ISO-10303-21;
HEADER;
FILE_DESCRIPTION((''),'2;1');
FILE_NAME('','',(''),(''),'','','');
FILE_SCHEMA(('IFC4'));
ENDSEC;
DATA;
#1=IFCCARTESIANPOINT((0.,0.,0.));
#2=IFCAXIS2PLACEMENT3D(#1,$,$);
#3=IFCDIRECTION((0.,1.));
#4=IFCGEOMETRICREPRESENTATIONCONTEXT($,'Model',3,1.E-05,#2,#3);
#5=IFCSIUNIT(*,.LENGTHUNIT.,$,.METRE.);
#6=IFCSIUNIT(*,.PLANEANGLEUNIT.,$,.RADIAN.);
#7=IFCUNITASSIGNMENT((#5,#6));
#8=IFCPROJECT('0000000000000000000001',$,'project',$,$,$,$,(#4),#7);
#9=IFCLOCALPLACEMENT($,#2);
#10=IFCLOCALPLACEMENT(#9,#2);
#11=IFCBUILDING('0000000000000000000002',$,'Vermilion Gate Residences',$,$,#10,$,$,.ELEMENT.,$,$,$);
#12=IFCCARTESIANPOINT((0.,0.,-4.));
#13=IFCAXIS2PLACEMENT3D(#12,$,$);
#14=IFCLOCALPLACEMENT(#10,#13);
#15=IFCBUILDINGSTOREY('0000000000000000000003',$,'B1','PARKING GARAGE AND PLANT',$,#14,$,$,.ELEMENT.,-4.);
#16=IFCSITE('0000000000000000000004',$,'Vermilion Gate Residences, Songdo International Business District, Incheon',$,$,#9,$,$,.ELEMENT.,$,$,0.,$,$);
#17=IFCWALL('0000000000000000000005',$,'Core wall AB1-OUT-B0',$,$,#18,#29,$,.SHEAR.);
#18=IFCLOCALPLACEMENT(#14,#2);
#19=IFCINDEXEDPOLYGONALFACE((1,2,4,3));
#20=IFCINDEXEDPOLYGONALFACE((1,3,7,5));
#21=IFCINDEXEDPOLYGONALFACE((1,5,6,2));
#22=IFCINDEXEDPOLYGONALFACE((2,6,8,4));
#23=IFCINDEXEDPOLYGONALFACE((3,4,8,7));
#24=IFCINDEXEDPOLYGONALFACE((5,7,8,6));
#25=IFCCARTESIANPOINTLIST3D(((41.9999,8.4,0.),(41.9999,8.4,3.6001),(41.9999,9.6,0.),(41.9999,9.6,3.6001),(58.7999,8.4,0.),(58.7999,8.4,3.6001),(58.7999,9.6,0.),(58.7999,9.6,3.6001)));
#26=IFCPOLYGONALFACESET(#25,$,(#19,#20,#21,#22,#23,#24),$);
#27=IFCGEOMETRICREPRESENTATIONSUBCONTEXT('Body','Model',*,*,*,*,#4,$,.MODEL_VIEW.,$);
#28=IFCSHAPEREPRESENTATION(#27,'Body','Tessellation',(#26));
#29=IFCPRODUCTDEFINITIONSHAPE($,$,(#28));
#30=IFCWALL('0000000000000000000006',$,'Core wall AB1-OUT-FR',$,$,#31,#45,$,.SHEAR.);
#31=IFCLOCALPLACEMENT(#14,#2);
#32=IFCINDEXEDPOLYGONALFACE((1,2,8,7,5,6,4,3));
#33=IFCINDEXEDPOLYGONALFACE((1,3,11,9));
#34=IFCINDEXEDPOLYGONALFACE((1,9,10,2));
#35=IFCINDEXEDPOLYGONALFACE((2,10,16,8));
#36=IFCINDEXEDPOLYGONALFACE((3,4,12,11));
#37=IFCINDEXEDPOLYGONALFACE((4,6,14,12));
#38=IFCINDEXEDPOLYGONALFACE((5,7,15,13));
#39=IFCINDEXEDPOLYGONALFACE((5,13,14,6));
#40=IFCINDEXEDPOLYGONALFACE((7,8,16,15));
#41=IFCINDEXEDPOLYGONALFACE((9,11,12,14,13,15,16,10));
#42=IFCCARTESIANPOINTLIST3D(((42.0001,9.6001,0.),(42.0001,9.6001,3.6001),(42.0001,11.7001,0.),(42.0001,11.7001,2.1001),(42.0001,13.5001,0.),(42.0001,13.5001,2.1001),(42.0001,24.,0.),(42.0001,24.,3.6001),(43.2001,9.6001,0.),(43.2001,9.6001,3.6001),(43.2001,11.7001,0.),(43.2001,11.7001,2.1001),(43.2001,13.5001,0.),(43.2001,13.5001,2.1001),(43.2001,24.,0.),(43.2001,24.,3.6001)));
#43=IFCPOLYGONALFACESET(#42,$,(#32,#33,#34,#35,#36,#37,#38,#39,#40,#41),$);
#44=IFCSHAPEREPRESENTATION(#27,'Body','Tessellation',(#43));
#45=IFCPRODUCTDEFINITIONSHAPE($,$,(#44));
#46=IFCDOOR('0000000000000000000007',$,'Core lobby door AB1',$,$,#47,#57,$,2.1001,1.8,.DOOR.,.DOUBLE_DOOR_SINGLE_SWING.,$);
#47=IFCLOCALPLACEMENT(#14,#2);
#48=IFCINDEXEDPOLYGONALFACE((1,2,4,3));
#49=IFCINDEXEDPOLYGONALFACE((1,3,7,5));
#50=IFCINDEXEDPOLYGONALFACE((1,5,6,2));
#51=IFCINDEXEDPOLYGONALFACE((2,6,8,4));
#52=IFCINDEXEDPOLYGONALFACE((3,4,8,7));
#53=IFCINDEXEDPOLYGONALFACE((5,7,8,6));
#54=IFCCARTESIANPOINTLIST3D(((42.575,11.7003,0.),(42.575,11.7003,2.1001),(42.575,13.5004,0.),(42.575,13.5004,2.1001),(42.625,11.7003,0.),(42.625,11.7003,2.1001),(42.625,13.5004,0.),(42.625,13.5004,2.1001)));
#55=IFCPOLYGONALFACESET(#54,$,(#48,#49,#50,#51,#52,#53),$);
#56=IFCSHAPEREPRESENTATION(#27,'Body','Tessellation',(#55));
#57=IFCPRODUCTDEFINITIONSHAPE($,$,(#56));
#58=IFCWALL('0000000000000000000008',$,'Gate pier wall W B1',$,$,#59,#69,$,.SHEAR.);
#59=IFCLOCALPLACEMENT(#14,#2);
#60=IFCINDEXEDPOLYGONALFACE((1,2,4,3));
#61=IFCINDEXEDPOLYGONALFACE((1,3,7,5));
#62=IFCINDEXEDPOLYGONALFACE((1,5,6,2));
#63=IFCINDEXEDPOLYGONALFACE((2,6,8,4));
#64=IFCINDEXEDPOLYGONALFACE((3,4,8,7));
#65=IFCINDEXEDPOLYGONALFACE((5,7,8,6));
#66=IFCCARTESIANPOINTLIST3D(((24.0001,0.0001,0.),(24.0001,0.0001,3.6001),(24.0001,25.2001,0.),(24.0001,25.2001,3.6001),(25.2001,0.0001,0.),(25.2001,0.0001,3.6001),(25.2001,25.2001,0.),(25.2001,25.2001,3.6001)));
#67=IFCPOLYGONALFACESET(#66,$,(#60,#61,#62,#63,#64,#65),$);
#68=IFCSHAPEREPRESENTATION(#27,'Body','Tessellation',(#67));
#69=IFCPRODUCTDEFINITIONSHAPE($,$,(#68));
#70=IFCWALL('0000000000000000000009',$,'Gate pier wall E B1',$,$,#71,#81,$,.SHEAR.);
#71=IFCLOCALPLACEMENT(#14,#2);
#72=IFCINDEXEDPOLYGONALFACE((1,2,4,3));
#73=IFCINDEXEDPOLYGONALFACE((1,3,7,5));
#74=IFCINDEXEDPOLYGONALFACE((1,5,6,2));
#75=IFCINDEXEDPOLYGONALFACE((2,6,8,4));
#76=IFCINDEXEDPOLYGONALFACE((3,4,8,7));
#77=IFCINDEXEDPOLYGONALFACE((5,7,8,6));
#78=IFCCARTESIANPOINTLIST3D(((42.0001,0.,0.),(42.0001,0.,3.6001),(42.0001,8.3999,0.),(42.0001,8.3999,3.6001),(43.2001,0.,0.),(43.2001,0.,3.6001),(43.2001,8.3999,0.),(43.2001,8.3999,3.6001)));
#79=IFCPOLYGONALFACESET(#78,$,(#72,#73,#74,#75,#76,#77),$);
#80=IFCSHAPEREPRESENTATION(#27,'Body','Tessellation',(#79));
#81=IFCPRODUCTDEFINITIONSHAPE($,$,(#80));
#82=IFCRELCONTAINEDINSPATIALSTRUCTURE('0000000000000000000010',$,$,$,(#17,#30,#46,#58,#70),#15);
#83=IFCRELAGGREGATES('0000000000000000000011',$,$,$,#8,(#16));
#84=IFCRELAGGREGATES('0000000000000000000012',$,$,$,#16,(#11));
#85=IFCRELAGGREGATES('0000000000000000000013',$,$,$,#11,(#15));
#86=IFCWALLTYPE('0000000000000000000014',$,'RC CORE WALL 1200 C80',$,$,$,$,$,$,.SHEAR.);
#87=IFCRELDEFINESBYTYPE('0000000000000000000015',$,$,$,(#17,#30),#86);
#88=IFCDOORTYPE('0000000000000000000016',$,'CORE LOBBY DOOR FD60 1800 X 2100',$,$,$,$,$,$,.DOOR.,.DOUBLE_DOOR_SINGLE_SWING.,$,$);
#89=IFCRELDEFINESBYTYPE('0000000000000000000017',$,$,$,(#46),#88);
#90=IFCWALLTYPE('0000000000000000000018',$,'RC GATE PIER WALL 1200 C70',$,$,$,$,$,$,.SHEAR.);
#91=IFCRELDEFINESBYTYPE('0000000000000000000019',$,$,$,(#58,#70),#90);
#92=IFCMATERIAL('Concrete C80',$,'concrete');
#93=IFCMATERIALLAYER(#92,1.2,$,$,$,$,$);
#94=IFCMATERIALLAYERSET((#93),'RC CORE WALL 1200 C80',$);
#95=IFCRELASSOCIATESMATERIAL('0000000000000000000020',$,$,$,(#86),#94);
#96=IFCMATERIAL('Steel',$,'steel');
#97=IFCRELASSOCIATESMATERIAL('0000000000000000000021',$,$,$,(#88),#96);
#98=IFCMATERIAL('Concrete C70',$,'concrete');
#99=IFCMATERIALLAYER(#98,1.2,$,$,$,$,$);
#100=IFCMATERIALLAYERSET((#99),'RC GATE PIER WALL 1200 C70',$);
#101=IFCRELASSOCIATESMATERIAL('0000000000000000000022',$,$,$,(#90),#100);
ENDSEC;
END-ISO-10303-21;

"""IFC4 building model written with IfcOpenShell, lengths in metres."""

from ifc_helpers import new_model, si_unit, direction, frame, frame_2d, origin, place, context, subcontext, project, spatial, rectangle, extrude, material, layer, layer_set, type_object, element, fill, save


model = new_model("IFC4")

# Units and contexts
model_context = context("Model", 3, precision=1e-05, world=origin(), true_north=direction((0.0, 1.0)))
body_context = subcontext(model_context, "Body", "Model", "MODEL_VIEW")
ifc_project = project(units=[si_unit("LENGTHUNIT", "METRE"), si_unit("PLANEANGLEUNIT", "RADIAN")], contexts=[model_context])

# Site, building, storey
site_placement = place(None, origin())
site = spatial("IfcSite", under=ifc_project, at=site_placement, Name="Vermilion Gate Residences, Songdo International Business District, Incheon", CompositionType="ELEMENT", RefElevation=0.0)
building_placement = place(site_placement, origin())
building = spatial("IfcBuilding", under=site, at=building_placement, Name="Vermilion Gate Residences", CompositionType="ELEMENT")
storey_placement = place(building_placement, frame((0.0, 0.0, -4.0)))
storey = spatial("IfcBuildingStorey", under=building, at=storey_placement, Name="B1", Description="PARKING GARAGE AND PLANT", CompositionType="ELEMENT", Elevation=-4.0)

# Wall
ifc_material_1 = material(Name="Concrete C80", Category="concrete")
ifc_layer_1 = layer(ifc_material_1, 1.2)
ifc_layer_set_1 = layer_set([ifc_layer_1], Name="RC CORE WALL 1200 C80")
wall_type_1 = type_object("IfcWallType", Name="RC CORE WALL 1200 C80", PredefinedType="SHEAR", material=ifc_layer_set_1)
wall_1_placement = place(storey_placement, frame((42.0, 9.0, 0.0), z_axis=(0.0, 0.0, 1.0), x_axis=(1.0, 0.0, 0.0)))
element("IfcWall", 1, at=wall_1_placement, inside=storey, type_object=wall_type_1, Name="Core wall AB1-OUT-B0", PredefinedType="SHEAR", context=body_context, shape_type="SweptSolid", body=[
    extrude(rectangle(XDim=16.8, YDim=1.2, at=frame_2d((8.3999, 0.0))), origin(), (0.0, 0.0, 1.0), 3.6001),
])

# Wall, opening, door
wall_2_placement = place(storey_placement, frame((42.6001, 9.6001, 0.0), z_axis=(0.0, 0.0, 1.0), x_axis=(0.0, 1.0, 0.0)))
wall_2 = element("IfcWall", 2, at=wall_2_placement, inside=storey, type_object=wall_type_1, Name="Core wall AB1-OUT-FR", PredefinedType="SHEAR", context=body_context, shape_type="SweptSolid", body=[
    extrude(rectangle(XDim=14.3999, YDim=1.2, at=frame_2d((7.2, 0.0))), origin(), (0.0, 0.0, 1.0), 3.6001),
])
opening_1_placement = place(wall_2_placement, frame((2.1001, 0.0, 0.0)))
opening_1 = element("IfcOpeningElement", 3, at=opening_1_placement, cuts=wall_2, PredefinedType="OPENING", context=body_context, shape_type="SweptSolid", body=[
    extrude(rectangle(XDim=1.8, YDim=2.1001, at=frame_2d((0.8999, 1.05))), frame((0.0, 0.6099, 0.0), z_axis=(0.0, -1.0, 0.0), x_axis=(1.0, 0.0, 0.0)), (0.0, 0.0, 1.0), 1.22),
])
ifc_material_2 = material(Name="Steel", Category="steel")
door_type_1 = type_object("IfcDoorType", Name="CORE LOBBY DOOR FD60 1800 X 2100", OperationType="DOUBLE_DOOR_SINGLE_SWING", PredefinedType="DOOR", material=ifc_material_2)
door_1_placement = place(opening_1_placement, frame((1.8, 0.0, 0.0), z_axis=(0.0, 0.0, 1.0), x_axis=(-1.0, 0.0, 0.0)))
door_1 = element("IfcDoor", 4, at=door_1_placement, inside=storey, type_object=door_type_1, Name="Core lobby door AB1", OperationType="DOUBLE_DOOR_SINGLE_SWING", OverallHeight=2.1001, OverallWidth=1.8, PredefinedType="DOOR", context=body_context, shape_type="SweptSolid", body=[
    extrude(rectangle(XDim=1.8, YDim=2.1001, at=frame_2d((0.8999, 1.05))), frame((0.0, 0.0249, 0.0), z_axis=(0.0, -1.0, 0.0), x_axis=(1.0, 0.0, 0.0)), (0.0, 0.0, 1.0), 0.05),
])
fill(opening_1, door_1)

# Walls
ifc_material_3 = material(Name="Concrete C70", Category="concrete")
ifc_layer_2 = layer(ifc_material_3, 1.2)
ifc_layer_set_2 = layer_set([ifc_layer_2], Name="RC GATE PIER WALL 1200 C70")
wall_type_2 = type_object("IfcWallType", Name="RC GATE PIER WALL 1200 C70", PredefinedType="SHEAR", material=ifc_layer_set_2)
wall_3_placement = place(storey_placement, frame((24.6001, 0.0, 0.0), z_axis=(0.0, 0.0, 1.0), x_axis=(0.0, 1.0, 0.0)))
element("IfcWall", 5, at=wall_3_placement, inside=storey, type_object=wall_type_2, Name="Gate pier wall W B1", PredefinedType="SHEAR", context=body_context, shape_type="SweptSolid", body=[
    extrude(rectangle(XDim=25.2, YDim=1.2, at=frame_2d((12.6001, 0.0))), origin(), (0.0, 0.0, 1.0), 3.6001),
])
wall_4_placement = place(storey_placement, frame((42.6001, 0.0, 0.0), z_axis=(0.0, 0.0, 1.0), x_axis=(0.0, 1.0, 0.0)))
element("IfcWall", 6, at=wall_4_placement, inside=storey, type_object=wall_type_2, Name="Gate pier wall E B1", PredefinedType="SHEAR", context=body_context, shape_type="SweptSolid", body=[
    extrude(rectangle(XDim=8.3999, YDim=1.2, at=frame_2d((4.2, 0.0))), origin(), (0.0, 0.0, 1.0), 3.6001),
])

save(model, "model.ifc")
